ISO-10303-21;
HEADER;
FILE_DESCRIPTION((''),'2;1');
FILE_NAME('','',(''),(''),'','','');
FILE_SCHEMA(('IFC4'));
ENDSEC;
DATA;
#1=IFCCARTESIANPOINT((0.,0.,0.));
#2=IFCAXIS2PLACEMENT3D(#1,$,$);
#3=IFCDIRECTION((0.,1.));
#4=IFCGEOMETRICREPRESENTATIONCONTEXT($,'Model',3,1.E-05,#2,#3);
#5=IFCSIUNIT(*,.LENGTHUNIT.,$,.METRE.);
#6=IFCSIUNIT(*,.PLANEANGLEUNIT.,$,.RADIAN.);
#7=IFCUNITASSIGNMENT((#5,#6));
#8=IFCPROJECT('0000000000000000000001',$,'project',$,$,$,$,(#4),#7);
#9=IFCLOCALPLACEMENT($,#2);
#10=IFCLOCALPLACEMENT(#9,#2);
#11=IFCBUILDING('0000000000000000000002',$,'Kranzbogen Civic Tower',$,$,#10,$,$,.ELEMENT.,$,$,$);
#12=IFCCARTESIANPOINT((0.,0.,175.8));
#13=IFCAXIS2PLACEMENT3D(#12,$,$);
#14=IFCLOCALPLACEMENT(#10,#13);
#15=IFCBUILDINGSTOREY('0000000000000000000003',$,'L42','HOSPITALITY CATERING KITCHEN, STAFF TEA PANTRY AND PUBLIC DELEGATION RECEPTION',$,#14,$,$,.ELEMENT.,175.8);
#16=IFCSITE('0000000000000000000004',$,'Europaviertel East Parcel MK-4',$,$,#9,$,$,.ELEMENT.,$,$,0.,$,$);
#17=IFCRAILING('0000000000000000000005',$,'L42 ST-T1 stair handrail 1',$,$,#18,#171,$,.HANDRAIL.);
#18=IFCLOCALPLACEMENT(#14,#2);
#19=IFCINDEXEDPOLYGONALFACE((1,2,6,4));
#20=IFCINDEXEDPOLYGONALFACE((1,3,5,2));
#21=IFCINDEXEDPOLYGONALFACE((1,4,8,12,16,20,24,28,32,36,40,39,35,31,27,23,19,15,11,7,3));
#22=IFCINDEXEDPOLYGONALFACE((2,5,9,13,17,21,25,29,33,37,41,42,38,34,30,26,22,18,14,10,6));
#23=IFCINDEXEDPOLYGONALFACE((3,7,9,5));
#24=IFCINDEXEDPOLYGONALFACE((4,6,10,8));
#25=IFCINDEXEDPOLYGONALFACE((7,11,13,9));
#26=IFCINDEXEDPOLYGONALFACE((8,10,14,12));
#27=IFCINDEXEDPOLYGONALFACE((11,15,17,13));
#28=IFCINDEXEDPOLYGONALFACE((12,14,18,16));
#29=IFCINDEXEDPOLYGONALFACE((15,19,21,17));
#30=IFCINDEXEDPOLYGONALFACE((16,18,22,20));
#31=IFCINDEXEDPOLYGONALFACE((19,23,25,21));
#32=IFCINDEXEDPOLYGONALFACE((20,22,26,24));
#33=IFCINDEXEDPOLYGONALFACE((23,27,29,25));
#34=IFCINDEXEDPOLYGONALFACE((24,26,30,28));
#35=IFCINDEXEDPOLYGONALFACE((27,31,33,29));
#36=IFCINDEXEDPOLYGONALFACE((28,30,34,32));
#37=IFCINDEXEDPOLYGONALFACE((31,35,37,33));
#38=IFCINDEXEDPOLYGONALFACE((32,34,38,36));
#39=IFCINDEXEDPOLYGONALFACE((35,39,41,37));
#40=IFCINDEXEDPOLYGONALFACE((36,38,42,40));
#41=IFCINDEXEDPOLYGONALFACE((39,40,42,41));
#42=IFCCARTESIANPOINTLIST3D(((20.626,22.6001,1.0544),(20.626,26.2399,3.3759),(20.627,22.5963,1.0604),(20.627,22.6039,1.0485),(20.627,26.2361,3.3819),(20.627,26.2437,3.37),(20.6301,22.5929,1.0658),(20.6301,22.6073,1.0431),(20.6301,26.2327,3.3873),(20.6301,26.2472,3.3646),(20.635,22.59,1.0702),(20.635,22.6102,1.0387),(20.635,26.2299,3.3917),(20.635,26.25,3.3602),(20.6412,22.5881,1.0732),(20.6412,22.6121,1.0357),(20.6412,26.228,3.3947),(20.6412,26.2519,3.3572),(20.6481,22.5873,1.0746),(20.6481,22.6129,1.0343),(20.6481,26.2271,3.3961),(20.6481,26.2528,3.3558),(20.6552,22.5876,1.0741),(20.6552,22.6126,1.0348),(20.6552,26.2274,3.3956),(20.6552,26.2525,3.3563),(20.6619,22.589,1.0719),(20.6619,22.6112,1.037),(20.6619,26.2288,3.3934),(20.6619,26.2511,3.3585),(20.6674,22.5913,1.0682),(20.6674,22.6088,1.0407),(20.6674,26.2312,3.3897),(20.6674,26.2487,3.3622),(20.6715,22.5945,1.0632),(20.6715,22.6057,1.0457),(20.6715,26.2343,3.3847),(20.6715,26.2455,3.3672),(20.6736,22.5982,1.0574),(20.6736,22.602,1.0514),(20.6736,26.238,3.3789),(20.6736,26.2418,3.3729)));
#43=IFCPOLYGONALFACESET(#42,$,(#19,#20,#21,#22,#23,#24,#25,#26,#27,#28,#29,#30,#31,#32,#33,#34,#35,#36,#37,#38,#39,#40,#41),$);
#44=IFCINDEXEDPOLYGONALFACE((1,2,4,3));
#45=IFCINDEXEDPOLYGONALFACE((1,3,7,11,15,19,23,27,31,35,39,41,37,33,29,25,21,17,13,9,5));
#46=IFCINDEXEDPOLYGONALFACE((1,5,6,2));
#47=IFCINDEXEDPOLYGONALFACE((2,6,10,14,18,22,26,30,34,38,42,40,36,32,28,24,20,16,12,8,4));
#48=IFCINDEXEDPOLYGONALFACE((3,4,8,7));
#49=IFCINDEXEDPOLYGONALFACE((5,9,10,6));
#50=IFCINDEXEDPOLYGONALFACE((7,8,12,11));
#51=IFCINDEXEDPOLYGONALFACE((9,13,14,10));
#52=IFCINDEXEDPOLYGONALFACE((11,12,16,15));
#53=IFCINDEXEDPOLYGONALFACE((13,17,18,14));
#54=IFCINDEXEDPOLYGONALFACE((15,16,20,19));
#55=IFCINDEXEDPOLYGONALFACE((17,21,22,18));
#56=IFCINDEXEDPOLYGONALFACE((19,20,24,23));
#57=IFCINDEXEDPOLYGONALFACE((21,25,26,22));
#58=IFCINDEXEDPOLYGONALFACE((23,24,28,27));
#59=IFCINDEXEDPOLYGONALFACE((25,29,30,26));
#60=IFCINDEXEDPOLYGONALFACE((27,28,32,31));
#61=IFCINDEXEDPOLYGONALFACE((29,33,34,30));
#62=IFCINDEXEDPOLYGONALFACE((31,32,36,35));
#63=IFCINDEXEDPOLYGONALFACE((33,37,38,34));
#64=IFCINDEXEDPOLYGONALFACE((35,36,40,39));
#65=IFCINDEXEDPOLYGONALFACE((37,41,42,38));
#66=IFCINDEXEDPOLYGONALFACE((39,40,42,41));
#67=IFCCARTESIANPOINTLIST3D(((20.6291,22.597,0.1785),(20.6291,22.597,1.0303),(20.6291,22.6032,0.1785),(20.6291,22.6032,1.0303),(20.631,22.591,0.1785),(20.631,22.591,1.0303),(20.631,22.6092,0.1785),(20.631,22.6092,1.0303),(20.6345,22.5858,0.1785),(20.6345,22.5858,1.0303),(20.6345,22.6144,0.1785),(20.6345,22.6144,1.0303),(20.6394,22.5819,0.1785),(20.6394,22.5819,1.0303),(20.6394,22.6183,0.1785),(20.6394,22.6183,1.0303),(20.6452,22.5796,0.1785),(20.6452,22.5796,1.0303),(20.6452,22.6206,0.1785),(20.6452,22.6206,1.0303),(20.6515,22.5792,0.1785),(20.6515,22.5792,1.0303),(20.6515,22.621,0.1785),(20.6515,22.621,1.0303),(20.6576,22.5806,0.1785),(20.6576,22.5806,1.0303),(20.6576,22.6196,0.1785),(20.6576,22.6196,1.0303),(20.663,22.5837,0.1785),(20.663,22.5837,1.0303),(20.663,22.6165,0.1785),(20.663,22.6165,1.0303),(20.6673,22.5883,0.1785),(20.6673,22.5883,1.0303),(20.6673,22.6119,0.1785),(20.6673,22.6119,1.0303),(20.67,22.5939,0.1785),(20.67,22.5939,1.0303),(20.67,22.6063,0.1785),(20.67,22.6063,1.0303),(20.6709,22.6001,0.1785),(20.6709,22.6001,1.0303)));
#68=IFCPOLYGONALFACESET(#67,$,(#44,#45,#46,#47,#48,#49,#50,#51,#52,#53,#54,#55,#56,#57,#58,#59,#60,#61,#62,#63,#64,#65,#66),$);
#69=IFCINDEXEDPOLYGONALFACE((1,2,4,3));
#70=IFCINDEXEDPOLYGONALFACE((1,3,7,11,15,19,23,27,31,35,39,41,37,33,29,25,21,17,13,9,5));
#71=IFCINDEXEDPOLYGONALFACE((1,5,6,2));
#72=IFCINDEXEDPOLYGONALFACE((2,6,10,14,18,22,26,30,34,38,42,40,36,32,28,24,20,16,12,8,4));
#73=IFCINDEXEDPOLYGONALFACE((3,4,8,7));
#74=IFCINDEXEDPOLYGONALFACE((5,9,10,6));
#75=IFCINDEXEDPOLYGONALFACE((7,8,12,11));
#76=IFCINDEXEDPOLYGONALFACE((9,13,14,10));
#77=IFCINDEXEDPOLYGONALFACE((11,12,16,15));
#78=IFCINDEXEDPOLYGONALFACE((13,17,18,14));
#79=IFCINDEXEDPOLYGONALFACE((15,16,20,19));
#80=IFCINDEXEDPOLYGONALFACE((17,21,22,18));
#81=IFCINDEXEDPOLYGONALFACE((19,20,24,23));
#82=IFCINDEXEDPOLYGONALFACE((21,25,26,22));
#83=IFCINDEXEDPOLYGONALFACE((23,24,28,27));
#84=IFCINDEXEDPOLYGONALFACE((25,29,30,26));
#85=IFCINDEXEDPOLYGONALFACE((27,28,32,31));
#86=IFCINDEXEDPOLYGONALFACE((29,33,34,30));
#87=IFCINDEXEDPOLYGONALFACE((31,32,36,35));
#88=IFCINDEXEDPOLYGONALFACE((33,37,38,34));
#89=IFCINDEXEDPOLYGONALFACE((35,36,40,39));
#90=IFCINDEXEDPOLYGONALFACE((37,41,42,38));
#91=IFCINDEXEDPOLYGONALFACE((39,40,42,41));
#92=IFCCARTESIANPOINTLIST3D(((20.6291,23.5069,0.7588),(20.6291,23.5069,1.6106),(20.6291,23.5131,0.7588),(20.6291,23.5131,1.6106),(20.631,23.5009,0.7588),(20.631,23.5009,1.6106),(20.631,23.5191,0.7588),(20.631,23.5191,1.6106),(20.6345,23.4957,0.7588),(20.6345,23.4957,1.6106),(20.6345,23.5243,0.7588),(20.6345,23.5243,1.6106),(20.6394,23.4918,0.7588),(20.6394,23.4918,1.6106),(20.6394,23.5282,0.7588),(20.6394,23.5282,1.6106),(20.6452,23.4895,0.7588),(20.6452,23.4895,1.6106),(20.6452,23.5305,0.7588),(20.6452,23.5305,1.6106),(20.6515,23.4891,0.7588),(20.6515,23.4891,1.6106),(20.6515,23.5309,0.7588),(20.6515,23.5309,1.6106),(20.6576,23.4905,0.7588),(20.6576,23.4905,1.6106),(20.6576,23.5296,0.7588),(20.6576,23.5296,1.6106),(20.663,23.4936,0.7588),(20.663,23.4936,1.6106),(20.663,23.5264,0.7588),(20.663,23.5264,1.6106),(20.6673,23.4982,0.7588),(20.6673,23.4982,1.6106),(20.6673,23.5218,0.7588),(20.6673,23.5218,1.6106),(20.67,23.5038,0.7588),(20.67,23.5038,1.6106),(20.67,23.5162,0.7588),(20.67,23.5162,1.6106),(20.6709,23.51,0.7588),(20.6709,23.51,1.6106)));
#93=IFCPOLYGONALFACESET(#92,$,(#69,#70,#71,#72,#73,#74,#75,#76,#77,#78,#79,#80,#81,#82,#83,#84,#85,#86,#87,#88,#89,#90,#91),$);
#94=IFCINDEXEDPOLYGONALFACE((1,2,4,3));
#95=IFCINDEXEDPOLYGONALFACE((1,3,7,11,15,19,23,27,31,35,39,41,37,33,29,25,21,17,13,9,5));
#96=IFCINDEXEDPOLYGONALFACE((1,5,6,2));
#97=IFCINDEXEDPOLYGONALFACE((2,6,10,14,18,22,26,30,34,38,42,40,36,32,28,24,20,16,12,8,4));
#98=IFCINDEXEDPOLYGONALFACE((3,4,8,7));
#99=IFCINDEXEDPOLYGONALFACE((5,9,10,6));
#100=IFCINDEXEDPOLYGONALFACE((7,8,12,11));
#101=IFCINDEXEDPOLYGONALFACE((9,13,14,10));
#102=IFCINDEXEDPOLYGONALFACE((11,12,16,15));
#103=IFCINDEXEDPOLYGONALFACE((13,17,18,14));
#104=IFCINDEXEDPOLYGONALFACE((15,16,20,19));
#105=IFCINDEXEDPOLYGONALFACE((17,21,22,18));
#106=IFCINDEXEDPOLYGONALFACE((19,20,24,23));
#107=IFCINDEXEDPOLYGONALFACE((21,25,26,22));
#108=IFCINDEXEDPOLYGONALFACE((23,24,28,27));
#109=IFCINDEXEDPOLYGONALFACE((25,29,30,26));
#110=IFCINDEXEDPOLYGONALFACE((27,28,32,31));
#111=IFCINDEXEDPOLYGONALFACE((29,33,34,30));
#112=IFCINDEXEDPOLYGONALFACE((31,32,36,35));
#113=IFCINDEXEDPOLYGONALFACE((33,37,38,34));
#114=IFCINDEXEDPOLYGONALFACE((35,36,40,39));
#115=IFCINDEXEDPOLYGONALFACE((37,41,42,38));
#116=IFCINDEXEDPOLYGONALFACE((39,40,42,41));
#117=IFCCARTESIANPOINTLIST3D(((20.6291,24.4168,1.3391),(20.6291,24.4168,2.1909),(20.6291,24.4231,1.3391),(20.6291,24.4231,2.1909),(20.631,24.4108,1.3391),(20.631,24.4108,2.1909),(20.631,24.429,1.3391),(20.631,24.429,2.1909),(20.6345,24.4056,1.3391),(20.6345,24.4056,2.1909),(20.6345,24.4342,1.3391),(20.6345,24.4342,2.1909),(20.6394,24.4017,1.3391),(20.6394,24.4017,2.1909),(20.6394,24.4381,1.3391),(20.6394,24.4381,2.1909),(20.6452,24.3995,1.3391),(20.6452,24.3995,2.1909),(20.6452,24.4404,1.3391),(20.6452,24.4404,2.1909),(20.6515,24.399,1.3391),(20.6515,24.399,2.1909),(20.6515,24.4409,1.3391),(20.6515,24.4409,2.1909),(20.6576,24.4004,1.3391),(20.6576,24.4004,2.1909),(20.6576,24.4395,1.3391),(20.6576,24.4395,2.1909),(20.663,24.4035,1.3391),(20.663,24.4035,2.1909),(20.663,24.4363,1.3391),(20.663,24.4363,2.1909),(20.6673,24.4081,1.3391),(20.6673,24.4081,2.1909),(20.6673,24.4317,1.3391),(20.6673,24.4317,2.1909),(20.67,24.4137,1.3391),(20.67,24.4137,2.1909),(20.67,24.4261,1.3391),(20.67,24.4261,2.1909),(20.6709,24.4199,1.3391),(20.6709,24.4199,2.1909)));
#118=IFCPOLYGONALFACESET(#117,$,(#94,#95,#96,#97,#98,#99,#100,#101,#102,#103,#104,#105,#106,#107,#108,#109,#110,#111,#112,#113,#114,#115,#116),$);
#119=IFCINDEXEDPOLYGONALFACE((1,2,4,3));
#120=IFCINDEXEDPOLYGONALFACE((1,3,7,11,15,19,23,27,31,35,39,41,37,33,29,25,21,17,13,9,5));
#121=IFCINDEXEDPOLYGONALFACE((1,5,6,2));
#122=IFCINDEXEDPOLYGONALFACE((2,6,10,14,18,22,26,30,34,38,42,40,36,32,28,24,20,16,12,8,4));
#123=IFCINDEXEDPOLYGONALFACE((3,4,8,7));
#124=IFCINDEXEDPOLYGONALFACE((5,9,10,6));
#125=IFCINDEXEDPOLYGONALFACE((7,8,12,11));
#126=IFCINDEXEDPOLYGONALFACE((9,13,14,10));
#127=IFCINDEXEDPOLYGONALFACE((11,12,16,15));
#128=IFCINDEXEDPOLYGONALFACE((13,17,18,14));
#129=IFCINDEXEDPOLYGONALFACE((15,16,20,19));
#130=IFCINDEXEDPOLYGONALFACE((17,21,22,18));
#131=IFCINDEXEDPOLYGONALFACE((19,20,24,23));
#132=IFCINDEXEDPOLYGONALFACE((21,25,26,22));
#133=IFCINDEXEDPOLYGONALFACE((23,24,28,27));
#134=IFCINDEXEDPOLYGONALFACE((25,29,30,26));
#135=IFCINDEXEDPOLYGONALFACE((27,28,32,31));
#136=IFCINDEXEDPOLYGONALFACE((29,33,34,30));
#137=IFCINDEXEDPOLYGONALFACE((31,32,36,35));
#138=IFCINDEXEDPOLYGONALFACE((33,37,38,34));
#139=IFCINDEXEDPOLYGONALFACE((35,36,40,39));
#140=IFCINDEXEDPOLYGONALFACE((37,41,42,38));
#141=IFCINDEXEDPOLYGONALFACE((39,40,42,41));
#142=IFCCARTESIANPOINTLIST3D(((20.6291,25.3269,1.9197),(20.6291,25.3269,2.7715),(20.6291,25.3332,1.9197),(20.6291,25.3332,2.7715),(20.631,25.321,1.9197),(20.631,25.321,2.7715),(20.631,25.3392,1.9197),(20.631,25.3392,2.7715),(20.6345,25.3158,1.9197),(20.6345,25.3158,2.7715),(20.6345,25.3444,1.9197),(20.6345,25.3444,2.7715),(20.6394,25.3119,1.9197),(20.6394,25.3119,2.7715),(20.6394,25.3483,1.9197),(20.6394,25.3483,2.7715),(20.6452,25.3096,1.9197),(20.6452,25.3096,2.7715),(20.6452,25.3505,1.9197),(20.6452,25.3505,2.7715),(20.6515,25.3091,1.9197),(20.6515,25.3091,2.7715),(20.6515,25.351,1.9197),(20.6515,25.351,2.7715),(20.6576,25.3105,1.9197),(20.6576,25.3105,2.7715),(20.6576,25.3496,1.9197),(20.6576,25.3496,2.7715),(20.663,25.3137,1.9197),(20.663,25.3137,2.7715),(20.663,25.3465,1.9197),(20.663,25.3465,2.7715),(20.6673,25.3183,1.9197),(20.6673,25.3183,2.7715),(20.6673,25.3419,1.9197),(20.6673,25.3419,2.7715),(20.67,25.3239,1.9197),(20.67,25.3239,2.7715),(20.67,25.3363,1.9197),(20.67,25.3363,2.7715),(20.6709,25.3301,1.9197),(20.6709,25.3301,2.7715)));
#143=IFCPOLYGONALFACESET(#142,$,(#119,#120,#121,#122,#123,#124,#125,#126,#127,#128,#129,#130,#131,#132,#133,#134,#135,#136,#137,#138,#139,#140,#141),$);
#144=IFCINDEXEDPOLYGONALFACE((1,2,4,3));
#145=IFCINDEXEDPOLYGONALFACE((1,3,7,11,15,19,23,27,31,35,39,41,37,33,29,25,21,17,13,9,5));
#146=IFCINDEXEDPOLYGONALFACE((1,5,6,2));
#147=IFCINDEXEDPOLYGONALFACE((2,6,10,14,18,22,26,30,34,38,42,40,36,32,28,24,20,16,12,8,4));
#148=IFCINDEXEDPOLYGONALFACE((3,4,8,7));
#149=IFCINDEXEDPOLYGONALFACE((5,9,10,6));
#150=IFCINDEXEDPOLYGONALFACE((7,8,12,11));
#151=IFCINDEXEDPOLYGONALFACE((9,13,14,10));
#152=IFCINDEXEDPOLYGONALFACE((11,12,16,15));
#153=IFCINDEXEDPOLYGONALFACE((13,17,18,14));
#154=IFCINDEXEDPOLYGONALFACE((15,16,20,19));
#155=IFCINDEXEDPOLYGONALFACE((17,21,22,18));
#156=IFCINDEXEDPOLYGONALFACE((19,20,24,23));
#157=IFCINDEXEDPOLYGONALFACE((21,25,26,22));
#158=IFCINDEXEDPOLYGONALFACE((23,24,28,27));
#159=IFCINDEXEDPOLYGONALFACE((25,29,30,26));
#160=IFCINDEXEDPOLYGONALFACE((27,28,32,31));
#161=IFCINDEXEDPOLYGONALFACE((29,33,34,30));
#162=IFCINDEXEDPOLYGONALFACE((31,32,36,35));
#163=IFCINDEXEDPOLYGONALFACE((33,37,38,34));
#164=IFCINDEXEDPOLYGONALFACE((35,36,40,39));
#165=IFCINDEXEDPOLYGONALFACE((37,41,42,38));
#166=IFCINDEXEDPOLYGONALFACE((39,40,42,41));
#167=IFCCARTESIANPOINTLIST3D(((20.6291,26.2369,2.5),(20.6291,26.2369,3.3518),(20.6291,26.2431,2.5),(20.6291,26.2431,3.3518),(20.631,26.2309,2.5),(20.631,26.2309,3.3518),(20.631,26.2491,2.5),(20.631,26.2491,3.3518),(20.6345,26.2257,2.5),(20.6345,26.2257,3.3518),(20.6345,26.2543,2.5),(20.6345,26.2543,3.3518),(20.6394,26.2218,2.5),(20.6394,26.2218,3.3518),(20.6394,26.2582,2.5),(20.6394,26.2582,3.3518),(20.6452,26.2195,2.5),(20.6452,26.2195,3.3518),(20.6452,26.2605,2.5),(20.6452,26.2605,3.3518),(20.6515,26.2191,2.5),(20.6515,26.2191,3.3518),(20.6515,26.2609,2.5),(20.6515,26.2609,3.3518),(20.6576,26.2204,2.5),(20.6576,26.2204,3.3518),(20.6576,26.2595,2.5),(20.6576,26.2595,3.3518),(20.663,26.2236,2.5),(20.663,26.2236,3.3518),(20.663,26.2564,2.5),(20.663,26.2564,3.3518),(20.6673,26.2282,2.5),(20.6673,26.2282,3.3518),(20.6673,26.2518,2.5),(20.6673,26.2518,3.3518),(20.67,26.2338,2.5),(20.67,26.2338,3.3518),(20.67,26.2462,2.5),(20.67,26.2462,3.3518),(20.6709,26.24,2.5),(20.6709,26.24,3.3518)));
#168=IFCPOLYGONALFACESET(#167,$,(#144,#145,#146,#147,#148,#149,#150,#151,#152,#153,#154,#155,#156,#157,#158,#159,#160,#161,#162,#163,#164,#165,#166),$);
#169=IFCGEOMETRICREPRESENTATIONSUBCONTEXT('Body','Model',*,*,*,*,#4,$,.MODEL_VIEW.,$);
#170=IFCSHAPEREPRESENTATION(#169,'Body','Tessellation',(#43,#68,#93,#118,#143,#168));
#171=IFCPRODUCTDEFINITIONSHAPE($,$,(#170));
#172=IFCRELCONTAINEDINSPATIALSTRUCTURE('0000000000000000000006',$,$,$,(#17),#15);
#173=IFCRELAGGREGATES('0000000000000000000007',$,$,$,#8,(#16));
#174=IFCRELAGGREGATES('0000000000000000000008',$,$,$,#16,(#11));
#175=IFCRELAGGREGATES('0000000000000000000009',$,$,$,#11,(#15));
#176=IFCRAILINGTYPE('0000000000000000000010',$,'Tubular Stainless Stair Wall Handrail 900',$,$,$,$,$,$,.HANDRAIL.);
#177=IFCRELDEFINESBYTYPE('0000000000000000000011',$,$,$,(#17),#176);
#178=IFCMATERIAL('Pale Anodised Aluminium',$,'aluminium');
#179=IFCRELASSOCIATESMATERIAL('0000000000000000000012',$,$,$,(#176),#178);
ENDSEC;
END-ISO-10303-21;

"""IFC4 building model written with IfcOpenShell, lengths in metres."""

from ifc_helpers import new_model, si_unit, direction, frame, origin, origin_2d, place, context, subcontext, project, spatial, circle, extrude, material, type_object, element, save


model = new_model("IFC4")

# Units and contexts
model_context = context("Model", 3, precision=1e-05, world=origin(), true_north=direction((0.0, 1.0)))
body_context = subcontext(model_context, "Body", "Model", "MODEL_VIEW")
ifc_project = project(units=[si_unit("LENGTHUNIT", "METRE"), si_unit("PLANEANGLEUNIT", "RADIAN")], contexts=[model_context])

# Site, building, storey
site_placement = place(None, origin())
site = spatial("IfcSite", under=ifc_project, at=site_placement, Name="Europaviertel East Parcel MK-4", CompositionType="ELEMENT", RefElevation=0.0)
building_placement = place(site_placement, origin())
building = spatial("IfcBuilding", under=site, at=building_placement, Name="Kranzbogen Civic Tower", CompositionType="ELEMENT")
storey_placement = place(building_placement, frame((0.0, 0.0, 175.8)))
storey = spatial("IfcBuildingStorey", under=building, at=storey_placement, Name="L42", Description="HOSPITALITY CATERING KITCHEN, STAFF TEA PANTRY AND PUBLIC DELEGATION RECEPTION", CompositionType="ELEMENT", Elevation=175.8)

# Shared definitions
ifc_material_1 = material(Name="Pale Anodised Aluminium", Category="aluminium")

# Railing
railing_type_1 = type_object("IfcRailingType", Name="Tubular Stainless Stair Wall Handrail 900", PredefinedType="HANDRAIL", material=ifc_material_1)
railing_1_placement = place(storey_placement, frame((20.6499, 22.6001, 0.1785)))
element("IfcRailing", 1, at=railing_1_placement, inside=storey, type_object=railing_type_1, Name="L42 ST-T1 stair handrail 1", PredefinedType="HANDRAIL", context=body_context, shape_type="SweptSolid", body=[
    extrude(circle(Radius=0.0239, at=origin_2d()), frame((0.0, 0.0, 0.876), z_axis=(0.0, 0.843112, 0.537739), x_axis=(-1.0, 0.0, 0.0)), (0.0, 0.0, 1.0), 4.3171),
    extrude(circle(Radius=0.021, at=origin_2d()), origin(), (0.0, 0.0, 1.0), 0.8518),
    extrude(circle(Radius=0.021, at=origin_2d()), frame((0.0, 0.9099, 0.5803)), (0.0, 0.0, 1.0), 0.8518),
    extrude(circle(Radius=0.021, at=origin_2d()), frame((0.0, 1.8198, 1.1606)), (0.0, 0.0, 1.0), 0.8518),
    extrude(circle(Radius=0.021, at=origin_2d()), frame((0.0, 2.73, 1.7412)), (0.0, 0.0, 1.0), 0.8518),
    extrude(circle(Radius=0.021, at=origin_2d()), frame((0.0, 3.6399, 2.3215)), (0.0, 0.0, 1.0), 0.8518),
])

save(model, "model.ifc")
